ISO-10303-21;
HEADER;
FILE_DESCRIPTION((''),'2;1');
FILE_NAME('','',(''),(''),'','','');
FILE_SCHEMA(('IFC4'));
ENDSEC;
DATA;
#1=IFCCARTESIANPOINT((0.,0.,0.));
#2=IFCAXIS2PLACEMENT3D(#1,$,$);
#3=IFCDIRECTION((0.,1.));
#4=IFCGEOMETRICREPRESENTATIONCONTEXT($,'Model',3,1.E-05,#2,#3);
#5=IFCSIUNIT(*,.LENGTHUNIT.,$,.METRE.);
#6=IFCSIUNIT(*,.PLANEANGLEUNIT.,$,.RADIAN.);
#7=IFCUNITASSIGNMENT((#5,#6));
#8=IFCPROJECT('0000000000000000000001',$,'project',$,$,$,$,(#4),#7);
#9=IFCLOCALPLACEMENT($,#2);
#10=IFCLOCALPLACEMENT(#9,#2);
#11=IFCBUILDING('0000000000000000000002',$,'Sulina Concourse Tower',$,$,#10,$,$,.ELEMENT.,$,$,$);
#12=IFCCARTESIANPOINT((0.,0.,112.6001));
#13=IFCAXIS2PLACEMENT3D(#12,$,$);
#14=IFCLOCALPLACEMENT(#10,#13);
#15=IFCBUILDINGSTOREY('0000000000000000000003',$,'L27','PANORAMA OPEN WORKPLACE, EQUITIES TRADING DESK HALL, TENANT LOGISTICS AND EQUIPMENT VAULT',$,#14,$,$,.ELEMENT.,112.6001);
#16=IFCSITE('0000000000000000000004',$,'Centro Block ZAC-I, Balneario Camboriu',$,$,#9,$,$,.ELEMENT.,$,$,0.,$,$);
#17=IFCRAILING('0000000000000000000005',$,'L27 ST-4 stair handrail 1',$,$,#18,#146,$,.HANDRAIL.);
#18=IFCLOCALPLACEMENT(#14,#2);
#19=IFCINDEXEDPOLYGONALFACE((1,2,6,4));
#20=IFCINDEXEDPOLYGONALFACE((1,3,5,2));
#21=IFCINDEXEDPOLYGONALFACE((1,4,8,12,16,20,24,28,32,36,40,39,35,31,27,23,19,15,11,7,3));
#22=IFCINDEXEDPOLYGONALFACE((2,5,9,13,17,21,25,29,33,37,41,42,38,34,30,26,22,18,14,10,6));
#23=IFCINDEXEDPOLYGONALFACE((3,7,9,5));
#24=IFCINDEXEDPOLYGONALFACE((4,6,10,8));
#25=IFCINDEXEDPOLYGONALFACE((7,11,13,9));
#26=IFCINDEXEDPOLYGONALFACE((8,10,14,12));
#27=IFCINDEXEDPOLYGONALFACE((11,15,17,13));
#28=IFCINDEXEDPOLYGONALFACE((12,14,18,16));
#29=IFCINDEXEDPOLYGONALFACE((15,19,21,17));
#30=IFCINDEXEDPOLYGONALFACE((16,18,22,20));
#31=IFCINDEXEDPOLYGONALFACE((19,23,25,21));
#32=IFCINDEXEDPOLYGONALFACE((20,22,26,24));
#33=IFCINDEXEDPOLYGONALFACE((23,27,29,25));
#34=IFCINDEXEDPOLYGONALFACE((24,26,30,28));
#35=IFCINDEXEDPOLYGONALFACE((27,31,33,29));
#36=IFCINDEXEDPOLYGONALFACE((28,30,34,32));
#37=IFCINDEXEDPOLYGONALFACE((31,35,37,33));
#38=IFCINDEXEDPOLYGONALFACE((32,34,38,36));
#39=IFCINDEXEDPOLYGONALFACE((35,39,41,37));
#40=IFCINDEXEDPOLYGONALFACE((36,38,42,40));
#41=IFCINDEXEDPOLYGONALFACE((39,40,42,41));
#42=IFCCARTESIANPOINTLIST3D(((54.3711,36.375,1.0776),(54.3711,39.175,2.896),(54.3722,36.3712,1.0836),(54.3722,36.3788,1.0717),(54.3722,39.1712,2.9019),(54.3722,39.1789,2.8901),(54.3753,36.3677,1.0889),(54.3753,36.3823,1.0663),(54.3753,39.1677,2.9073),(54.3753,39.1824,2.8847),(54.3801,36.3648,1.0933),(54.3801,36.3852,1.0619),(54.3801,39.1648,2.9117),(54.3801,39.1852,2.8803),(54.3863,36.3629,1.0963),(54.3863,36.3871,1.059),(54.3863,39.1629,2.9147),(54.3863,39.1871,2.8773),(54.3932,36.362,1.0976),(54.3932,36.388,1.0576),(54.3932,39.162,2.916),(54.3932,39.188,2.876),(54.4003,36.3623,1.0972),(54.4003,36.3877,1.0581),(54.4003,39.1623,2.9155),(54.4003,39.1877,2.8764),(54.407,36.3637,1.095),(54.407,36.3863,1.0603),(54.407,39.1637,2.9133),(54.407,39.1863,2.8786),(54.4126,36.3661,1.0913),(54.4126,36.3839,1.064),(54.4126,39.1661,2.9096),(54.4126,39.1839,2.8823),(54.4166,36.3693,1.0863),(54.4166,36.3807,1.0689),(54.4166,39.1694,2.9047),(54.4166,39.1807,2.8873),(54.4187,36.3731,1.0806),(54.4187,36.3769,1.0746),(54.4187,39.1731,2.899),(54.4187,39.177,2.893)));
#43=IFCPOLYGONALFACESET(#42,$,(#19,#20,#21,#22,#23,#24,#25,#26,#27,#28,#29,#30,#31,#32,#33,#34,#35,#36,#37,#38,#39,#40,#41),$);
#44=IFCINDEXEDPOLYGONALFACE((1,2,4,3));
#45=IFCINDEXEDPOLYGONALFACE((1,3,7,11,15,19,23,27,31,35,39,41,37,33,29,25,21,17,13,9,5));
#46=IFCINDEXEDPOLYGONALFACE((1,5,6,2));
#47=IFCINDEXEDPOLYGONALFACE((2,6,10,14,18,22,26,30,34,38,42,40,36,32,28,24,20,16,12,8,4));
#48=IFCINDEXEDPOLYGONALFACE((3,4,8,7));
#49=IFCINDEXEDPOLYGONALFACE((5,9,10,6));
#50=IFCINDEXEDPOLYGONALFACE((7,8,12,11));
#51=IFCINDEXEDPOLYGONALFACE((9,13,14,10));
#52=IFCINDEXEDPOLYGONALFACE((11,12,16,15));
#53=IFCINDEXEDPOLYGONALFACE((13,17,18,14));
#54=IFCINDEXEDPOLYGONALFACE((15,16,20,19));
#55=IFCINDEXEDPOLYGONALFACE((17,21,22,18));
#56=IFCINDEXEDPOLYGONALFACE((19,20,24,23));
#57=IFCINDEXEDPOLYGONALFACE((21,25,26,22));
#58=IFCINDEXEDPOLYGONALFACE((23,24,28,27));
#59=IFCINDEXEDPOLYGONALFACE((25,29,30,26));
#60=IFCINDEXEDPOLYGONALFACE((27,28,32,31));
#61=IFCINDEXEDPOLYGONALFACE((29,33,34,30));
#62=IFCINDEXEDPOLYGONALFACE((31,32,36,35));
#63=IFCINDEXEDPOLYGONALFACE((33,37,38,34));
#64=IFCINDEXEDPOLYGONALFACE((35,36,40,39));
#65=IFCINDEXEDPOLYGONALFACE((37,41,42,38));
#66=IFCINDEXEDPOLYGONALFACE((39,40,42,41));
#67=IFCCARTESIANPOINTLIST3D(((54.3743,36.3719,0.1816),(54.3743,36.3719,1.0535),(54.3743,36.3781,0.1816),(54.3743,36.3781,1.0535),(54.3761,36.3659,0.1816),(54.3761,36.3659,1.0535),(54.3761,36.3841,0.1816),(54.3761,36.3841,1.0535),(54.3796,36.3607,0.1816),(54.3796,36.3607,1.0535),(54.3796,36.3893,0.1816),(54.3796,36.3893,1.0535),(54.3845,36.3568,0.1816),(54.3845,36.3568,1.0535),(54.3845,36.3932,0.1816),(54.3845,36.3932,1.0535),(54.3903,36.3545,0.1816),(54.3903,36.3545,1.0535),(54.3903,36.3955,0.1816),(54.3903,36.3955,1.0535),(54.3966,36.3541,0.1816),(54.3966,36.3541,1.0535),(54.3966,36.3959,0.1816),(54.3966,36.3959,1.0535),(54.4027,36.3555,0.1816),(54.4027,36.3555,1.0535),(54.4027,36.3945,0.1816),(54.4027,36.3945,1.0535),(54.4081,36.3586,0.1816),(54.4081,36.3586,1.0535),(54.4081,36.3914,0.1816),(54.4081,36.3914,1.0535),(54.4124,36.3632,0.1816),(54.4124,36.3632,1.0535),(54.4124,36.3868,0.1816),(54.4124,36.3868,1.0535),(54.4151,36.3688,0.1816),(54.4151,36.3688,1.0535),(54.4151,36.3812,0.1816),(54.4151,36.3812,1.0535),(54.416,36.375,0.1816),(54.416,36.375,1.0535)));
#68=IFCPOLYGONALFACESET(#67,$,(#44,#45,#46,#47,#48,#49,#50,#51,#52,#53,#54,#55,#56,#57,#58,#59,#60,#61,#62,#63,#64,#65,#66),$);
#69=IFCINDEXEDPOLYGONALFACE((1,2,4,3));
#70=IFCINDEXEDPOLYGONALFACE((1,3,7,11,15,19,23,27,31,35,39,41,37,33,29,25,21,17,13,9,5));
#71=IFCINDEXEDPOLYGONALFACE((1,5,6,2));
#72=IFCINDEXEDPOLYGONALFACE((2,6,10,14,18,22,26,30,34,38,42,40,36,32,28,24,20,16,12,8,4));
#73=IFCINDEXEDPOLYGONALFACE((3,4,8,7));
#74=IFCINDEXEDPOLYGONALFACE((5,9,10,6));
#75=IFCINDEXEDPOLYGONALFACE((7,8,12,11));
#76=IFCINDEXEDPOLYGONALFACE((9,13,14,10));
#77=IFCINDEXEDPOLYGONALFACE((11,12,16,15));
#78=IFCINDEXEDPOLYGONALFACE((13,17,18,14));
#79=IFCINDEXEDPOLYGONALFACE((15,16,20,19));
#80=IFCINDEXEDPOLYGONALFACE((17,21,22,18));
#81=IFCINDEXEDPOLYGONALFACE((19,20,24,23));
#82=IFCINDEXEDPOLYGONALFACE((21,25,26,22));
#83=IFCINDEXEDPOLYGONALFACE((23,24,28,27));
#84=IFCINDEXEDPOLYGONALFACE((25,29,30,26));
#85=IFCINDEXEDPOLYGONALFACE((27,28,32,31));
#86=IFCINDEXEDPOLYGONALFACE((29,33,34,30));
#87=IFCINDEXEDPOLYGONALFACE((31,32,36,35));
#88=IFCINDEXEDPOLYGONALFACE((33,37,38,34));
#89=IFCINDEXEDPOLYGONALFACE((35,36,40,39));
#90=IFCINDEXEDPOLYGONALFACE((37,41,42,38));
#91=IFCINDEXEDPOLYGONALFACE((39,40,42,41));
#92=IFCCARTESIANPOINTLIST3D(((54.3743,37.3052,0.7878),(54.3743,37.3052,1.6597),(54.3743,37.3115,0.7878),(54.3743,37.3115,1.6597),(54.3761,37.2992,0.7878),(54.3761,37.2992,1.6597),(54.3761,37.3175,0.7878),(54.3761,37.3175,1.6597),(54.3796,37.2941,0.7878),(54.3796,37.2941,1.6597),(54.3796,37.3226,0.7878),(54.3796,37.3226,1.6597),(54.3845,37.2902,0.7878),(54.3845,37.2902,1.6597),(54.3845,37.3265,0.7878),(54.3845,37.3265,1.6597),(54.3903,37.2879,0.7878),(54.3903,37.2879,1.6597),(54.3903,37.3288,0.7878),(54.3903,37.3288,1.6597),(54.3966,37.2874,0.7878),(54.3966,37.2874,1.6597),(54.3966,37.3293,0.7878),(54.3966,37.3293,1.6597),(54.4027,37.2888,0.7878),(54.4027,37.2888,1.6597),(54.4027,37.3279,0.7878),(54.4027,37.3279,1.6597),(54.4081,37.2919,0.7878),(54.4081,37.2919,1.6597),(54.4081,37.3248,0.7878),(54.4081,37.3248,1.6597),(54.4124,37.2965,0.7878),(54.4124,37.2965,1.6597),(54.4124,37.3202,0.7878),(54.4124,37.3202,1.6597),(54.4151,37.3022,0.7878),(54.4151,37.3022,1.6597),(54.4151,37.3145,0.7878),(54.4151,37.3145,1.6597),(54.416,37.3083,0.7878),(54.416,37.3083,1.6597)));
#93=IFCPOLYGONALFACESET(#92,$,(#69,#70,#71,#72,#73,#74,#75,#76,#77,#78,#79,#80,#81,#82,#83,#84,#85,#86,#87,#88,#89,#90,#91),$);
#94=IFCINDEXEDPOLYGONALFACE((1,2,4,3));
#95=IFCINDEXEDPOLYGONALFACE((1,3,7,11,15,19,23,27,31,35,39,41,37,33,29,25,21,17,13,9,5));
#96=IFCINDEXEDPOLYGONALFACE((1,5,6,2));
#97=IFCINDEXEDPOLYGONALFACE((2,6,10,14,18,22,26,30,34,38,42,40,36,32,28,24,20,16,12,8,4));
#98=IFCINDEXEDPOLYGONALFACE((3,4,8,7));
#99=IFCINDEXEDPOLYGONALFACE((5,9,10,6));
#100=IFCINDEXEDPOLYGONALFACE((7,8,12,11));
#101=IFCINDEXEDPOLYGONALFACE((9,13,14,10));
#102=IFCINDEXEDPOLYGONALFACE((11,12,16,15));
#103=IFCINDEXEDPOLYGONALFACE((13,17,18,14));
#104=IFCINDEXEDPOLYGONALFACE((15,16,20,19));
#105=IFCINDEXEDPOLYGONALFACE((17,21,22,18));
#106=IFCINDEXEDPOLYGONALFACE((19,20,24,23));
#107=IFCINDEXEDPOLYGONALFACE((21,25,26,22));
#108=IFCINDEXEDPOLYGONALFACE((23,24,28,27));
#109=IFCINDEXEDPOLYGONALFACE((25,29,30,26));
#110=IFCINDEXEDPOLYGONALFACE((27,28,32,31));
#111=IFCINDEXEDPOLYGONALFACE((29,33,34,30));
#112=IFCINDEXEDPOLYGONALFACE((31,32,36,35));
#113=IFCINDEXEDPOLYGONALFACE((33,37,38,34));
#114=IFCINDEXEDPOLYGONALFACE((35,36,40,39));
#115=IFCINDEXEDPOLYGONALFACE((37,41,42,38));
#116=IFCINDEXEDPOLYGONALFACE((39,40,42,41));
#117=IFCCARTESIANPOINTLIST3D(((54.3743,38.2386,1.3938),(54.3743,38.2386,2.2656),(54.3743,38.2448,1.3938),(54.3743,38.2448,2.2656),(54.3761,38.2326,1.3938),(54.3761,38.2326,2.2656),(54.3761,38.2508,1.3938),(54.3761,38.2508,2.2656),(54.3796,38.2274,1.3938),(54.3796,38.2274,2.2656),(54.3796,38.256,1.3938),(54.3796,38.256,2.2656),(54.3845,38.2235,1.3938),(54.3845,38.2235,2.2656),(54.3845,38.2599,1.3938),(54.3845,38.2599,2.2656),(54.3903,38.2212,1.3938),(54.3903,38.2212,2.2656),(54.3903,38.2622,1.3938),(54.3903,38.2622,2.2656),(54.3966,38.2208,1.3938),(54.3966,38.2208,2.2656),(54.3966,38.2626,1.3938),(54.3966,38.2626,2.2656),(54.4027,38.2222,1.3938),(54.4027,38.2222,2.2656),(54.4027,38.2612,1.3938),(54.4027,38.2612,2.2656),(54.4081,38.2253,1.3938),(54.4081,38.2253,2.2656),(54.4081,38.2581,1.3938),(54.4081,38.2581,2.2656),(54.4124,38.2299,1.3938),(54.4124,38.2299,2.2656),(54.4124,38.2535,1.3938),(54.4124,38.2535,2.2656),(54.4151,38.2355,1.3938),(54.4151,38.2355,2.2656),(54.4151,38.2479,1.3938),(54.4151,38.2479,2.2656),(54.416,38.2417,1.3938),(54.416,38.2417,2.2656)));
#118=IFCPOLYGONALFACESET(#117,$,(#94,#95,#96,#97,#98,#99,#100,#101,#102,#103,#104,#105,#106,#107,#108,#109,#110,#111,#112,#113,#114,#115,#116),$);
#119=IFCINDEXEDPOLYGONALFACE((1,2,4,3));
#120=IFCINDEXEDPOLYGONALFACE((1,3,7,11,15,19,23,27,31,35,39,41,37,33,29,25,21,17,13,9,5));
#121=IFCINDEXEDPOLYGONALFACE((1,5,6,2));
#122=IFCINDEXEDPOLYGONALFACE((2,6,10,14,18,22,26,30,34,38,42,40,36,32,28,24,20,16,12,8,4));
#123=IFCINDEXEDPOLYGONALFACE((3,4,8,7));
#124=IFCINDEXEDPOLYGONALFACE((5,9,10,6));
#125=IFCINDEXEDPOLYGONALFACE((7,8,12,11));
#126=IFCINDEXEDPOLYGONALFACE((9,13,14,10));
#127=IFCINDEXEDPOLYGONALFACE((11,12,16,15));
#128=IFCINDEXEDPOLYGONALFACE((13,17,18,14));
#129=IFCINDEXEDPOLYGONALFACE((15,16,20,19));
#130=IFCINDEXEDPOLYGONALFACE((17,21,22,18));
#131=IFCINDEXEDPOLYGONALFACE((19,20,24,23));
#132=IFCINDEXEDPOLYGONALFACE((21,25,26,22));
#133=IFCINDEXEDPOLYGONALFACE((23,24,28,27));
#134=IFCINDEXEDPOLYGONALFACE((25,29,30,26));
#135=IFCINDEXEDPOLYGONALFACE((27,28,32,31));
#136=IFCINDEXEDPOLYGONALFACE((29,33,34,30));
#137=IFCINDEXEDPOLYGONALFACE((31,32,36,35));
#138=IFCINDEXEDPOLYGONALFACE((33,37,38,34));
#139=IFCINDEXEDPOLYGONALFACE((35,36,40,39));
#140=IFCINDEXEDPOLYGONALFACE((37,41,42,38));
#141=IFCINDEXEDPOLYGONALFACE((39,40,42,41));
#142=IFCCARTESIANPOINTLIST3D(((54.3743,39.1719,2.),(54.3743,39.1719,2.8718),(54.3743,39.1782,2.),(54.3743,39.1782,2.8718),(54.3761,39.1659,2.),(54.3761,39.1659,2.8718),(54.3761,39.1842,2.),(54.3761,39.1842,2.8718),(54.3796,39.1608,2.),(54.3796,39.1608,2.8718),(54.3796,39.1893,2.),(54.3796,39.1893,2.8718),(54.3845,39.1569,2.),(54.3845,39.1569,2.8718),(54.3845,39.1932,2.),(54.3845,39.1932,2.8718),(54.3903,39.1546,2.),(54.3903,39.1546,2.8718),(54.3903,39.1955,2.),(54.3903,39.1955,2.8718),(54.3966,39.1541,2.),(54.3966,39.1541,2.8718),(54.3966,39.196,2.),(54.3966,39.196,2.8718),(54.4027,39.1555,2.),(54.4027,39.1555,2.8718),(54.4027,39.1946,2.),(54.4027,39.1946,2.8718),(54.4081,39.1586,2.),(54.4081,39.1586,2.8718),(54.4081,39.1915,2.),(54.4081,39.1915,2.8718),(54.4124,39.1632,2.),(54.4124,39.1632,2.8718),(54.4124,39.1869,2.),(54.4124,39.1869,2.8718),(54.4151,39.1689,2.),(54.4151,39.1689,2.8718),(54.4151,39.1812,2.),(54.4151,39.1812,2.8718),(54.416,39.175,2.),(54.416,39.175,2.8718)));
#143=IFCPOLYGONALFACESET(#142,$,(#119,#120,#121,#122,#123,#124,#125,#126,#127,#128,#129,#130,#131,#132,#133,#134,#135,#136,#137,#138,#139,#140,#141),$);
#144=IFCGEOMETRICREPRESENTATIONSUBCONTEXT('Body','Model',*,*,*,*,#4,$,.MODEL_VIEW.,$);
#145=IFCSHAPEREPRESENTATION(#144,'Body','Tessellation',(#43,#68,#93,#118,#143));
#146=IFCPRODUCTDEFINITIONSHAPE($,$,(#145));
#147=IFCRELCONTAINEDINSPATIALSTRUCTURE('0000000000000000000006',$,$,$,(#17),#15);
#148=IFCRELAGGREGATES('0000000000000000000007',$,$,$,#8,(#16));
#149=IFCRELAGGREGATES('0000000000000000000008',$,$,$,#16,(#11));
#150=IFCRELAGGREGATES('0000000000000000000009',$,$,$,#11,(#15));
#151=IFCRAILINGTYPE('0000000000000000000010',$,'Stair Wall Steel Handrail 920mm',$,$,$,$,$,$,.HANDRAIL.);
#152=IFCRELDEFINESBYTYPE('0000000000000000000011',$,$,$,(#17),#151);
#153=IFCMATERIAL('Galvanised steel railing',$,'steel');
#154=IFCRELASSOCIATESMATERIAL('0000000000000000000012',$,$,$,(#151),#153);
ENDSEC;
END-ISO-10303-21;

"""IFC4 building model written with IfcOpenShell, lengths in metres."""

from ifc_helpers import new_model, si_unit, direction, frame, origin, origin_2d, place, context, subcontext, project, spatial, circle, extrude, material, type_object, element, save


model = new_model("IFC4")

# Units and contexts
model_context = context("Model", 3, precision=1e-05, world=origin(), true_north=direction((0.0, 1.0)))
body_context = subcontext(model_context, "Body", "Model", "MODEL_VIEW")
ifc_project = project(units=[si_unit("LENGTHUNIT", "METRE"), si_unit("PLANEANGLEUNIT", "RADIAN")], contexts=[model_context])

# Site, building, storey
site_placement = place(None, origin())
site = spatial("IfcSite", under=ifc_project, at=site_placement, Name="Centro Block ZAC-I, Balneario Camboriu", CompositionType="ELEMENT", RefElevation=0.0)
building_placement = place(site_placement, origin())
building = spatial("IfcBuilding", under=site, at=building_placement, Name="Sulina Concourse Tower", CompositionType="ELEMENT")
storey_placement = place(building_placement, frame((0.0, 0.0, 112.6001)))
storey = spatial("IfcBuildingStorey", under=building, at=storey_placement, Name="L27", Description="PANORAMA OPEN WORKPLACE, EQUITIES TRADING DESK HALL, TENANT LOGISTICS AND EQUIPMENT VAULT", CompositionType="ELEMENT", Elevation=112.6001)

# Railing
ifc_material_1 = material(Name="Galvanised steel railing", Category="steel")
railing_type_1 = type_object("IfcRailingType", Name="Stair Wall Steel Handrail 920mm", PredefinedType="HANDRAIL", material=ifc_material_1)
railing_1_placement = place(storey_placement, frame((54.395, 36.375, 0.1816)))
element("IfcRailing", 1, at=railing_1_placement, inside=storey, type_object=railing_type_1, Name="L27 ST-4 stair handrail 1", PredefinedType="HANDRAIL", context=body_context, shape_type="SweptSolid", body=[
    extrude(circle(Radius=0.0239, at=origin_2d()), frame((0.0, 0.0, 0.896), z_axis=(0.0, 0.838672, 0.544636), x_axis=(-1.0, 0.0, 0.0)), (0.0, 0.0, 1.0), 3.3386),
    extrude(circle(Radius=0.021, at=origin_2d()), origin(), (0.0, 0.0, 1.0), 0.8718),
    extrude(circle(Radius=0.021, at=origin_2d()), frame((0.0, 0.9333, 0.6062)), (0.0, 0.0, 1.0), 0.8718),
    extrude(circle(Radius=0.021, at=origin_2d()), frame((0.0, 1.8667, 1.2122)), (0.0, 0.0, 1.0), 0.8718),
    extrude(circle(Radius=0.021, at=origin_2d()), frame((0.0, 2.8, 1.8184)), (0.0, 0.0, 1.0), 0.8718),
])

save(model, "model.ifc")
